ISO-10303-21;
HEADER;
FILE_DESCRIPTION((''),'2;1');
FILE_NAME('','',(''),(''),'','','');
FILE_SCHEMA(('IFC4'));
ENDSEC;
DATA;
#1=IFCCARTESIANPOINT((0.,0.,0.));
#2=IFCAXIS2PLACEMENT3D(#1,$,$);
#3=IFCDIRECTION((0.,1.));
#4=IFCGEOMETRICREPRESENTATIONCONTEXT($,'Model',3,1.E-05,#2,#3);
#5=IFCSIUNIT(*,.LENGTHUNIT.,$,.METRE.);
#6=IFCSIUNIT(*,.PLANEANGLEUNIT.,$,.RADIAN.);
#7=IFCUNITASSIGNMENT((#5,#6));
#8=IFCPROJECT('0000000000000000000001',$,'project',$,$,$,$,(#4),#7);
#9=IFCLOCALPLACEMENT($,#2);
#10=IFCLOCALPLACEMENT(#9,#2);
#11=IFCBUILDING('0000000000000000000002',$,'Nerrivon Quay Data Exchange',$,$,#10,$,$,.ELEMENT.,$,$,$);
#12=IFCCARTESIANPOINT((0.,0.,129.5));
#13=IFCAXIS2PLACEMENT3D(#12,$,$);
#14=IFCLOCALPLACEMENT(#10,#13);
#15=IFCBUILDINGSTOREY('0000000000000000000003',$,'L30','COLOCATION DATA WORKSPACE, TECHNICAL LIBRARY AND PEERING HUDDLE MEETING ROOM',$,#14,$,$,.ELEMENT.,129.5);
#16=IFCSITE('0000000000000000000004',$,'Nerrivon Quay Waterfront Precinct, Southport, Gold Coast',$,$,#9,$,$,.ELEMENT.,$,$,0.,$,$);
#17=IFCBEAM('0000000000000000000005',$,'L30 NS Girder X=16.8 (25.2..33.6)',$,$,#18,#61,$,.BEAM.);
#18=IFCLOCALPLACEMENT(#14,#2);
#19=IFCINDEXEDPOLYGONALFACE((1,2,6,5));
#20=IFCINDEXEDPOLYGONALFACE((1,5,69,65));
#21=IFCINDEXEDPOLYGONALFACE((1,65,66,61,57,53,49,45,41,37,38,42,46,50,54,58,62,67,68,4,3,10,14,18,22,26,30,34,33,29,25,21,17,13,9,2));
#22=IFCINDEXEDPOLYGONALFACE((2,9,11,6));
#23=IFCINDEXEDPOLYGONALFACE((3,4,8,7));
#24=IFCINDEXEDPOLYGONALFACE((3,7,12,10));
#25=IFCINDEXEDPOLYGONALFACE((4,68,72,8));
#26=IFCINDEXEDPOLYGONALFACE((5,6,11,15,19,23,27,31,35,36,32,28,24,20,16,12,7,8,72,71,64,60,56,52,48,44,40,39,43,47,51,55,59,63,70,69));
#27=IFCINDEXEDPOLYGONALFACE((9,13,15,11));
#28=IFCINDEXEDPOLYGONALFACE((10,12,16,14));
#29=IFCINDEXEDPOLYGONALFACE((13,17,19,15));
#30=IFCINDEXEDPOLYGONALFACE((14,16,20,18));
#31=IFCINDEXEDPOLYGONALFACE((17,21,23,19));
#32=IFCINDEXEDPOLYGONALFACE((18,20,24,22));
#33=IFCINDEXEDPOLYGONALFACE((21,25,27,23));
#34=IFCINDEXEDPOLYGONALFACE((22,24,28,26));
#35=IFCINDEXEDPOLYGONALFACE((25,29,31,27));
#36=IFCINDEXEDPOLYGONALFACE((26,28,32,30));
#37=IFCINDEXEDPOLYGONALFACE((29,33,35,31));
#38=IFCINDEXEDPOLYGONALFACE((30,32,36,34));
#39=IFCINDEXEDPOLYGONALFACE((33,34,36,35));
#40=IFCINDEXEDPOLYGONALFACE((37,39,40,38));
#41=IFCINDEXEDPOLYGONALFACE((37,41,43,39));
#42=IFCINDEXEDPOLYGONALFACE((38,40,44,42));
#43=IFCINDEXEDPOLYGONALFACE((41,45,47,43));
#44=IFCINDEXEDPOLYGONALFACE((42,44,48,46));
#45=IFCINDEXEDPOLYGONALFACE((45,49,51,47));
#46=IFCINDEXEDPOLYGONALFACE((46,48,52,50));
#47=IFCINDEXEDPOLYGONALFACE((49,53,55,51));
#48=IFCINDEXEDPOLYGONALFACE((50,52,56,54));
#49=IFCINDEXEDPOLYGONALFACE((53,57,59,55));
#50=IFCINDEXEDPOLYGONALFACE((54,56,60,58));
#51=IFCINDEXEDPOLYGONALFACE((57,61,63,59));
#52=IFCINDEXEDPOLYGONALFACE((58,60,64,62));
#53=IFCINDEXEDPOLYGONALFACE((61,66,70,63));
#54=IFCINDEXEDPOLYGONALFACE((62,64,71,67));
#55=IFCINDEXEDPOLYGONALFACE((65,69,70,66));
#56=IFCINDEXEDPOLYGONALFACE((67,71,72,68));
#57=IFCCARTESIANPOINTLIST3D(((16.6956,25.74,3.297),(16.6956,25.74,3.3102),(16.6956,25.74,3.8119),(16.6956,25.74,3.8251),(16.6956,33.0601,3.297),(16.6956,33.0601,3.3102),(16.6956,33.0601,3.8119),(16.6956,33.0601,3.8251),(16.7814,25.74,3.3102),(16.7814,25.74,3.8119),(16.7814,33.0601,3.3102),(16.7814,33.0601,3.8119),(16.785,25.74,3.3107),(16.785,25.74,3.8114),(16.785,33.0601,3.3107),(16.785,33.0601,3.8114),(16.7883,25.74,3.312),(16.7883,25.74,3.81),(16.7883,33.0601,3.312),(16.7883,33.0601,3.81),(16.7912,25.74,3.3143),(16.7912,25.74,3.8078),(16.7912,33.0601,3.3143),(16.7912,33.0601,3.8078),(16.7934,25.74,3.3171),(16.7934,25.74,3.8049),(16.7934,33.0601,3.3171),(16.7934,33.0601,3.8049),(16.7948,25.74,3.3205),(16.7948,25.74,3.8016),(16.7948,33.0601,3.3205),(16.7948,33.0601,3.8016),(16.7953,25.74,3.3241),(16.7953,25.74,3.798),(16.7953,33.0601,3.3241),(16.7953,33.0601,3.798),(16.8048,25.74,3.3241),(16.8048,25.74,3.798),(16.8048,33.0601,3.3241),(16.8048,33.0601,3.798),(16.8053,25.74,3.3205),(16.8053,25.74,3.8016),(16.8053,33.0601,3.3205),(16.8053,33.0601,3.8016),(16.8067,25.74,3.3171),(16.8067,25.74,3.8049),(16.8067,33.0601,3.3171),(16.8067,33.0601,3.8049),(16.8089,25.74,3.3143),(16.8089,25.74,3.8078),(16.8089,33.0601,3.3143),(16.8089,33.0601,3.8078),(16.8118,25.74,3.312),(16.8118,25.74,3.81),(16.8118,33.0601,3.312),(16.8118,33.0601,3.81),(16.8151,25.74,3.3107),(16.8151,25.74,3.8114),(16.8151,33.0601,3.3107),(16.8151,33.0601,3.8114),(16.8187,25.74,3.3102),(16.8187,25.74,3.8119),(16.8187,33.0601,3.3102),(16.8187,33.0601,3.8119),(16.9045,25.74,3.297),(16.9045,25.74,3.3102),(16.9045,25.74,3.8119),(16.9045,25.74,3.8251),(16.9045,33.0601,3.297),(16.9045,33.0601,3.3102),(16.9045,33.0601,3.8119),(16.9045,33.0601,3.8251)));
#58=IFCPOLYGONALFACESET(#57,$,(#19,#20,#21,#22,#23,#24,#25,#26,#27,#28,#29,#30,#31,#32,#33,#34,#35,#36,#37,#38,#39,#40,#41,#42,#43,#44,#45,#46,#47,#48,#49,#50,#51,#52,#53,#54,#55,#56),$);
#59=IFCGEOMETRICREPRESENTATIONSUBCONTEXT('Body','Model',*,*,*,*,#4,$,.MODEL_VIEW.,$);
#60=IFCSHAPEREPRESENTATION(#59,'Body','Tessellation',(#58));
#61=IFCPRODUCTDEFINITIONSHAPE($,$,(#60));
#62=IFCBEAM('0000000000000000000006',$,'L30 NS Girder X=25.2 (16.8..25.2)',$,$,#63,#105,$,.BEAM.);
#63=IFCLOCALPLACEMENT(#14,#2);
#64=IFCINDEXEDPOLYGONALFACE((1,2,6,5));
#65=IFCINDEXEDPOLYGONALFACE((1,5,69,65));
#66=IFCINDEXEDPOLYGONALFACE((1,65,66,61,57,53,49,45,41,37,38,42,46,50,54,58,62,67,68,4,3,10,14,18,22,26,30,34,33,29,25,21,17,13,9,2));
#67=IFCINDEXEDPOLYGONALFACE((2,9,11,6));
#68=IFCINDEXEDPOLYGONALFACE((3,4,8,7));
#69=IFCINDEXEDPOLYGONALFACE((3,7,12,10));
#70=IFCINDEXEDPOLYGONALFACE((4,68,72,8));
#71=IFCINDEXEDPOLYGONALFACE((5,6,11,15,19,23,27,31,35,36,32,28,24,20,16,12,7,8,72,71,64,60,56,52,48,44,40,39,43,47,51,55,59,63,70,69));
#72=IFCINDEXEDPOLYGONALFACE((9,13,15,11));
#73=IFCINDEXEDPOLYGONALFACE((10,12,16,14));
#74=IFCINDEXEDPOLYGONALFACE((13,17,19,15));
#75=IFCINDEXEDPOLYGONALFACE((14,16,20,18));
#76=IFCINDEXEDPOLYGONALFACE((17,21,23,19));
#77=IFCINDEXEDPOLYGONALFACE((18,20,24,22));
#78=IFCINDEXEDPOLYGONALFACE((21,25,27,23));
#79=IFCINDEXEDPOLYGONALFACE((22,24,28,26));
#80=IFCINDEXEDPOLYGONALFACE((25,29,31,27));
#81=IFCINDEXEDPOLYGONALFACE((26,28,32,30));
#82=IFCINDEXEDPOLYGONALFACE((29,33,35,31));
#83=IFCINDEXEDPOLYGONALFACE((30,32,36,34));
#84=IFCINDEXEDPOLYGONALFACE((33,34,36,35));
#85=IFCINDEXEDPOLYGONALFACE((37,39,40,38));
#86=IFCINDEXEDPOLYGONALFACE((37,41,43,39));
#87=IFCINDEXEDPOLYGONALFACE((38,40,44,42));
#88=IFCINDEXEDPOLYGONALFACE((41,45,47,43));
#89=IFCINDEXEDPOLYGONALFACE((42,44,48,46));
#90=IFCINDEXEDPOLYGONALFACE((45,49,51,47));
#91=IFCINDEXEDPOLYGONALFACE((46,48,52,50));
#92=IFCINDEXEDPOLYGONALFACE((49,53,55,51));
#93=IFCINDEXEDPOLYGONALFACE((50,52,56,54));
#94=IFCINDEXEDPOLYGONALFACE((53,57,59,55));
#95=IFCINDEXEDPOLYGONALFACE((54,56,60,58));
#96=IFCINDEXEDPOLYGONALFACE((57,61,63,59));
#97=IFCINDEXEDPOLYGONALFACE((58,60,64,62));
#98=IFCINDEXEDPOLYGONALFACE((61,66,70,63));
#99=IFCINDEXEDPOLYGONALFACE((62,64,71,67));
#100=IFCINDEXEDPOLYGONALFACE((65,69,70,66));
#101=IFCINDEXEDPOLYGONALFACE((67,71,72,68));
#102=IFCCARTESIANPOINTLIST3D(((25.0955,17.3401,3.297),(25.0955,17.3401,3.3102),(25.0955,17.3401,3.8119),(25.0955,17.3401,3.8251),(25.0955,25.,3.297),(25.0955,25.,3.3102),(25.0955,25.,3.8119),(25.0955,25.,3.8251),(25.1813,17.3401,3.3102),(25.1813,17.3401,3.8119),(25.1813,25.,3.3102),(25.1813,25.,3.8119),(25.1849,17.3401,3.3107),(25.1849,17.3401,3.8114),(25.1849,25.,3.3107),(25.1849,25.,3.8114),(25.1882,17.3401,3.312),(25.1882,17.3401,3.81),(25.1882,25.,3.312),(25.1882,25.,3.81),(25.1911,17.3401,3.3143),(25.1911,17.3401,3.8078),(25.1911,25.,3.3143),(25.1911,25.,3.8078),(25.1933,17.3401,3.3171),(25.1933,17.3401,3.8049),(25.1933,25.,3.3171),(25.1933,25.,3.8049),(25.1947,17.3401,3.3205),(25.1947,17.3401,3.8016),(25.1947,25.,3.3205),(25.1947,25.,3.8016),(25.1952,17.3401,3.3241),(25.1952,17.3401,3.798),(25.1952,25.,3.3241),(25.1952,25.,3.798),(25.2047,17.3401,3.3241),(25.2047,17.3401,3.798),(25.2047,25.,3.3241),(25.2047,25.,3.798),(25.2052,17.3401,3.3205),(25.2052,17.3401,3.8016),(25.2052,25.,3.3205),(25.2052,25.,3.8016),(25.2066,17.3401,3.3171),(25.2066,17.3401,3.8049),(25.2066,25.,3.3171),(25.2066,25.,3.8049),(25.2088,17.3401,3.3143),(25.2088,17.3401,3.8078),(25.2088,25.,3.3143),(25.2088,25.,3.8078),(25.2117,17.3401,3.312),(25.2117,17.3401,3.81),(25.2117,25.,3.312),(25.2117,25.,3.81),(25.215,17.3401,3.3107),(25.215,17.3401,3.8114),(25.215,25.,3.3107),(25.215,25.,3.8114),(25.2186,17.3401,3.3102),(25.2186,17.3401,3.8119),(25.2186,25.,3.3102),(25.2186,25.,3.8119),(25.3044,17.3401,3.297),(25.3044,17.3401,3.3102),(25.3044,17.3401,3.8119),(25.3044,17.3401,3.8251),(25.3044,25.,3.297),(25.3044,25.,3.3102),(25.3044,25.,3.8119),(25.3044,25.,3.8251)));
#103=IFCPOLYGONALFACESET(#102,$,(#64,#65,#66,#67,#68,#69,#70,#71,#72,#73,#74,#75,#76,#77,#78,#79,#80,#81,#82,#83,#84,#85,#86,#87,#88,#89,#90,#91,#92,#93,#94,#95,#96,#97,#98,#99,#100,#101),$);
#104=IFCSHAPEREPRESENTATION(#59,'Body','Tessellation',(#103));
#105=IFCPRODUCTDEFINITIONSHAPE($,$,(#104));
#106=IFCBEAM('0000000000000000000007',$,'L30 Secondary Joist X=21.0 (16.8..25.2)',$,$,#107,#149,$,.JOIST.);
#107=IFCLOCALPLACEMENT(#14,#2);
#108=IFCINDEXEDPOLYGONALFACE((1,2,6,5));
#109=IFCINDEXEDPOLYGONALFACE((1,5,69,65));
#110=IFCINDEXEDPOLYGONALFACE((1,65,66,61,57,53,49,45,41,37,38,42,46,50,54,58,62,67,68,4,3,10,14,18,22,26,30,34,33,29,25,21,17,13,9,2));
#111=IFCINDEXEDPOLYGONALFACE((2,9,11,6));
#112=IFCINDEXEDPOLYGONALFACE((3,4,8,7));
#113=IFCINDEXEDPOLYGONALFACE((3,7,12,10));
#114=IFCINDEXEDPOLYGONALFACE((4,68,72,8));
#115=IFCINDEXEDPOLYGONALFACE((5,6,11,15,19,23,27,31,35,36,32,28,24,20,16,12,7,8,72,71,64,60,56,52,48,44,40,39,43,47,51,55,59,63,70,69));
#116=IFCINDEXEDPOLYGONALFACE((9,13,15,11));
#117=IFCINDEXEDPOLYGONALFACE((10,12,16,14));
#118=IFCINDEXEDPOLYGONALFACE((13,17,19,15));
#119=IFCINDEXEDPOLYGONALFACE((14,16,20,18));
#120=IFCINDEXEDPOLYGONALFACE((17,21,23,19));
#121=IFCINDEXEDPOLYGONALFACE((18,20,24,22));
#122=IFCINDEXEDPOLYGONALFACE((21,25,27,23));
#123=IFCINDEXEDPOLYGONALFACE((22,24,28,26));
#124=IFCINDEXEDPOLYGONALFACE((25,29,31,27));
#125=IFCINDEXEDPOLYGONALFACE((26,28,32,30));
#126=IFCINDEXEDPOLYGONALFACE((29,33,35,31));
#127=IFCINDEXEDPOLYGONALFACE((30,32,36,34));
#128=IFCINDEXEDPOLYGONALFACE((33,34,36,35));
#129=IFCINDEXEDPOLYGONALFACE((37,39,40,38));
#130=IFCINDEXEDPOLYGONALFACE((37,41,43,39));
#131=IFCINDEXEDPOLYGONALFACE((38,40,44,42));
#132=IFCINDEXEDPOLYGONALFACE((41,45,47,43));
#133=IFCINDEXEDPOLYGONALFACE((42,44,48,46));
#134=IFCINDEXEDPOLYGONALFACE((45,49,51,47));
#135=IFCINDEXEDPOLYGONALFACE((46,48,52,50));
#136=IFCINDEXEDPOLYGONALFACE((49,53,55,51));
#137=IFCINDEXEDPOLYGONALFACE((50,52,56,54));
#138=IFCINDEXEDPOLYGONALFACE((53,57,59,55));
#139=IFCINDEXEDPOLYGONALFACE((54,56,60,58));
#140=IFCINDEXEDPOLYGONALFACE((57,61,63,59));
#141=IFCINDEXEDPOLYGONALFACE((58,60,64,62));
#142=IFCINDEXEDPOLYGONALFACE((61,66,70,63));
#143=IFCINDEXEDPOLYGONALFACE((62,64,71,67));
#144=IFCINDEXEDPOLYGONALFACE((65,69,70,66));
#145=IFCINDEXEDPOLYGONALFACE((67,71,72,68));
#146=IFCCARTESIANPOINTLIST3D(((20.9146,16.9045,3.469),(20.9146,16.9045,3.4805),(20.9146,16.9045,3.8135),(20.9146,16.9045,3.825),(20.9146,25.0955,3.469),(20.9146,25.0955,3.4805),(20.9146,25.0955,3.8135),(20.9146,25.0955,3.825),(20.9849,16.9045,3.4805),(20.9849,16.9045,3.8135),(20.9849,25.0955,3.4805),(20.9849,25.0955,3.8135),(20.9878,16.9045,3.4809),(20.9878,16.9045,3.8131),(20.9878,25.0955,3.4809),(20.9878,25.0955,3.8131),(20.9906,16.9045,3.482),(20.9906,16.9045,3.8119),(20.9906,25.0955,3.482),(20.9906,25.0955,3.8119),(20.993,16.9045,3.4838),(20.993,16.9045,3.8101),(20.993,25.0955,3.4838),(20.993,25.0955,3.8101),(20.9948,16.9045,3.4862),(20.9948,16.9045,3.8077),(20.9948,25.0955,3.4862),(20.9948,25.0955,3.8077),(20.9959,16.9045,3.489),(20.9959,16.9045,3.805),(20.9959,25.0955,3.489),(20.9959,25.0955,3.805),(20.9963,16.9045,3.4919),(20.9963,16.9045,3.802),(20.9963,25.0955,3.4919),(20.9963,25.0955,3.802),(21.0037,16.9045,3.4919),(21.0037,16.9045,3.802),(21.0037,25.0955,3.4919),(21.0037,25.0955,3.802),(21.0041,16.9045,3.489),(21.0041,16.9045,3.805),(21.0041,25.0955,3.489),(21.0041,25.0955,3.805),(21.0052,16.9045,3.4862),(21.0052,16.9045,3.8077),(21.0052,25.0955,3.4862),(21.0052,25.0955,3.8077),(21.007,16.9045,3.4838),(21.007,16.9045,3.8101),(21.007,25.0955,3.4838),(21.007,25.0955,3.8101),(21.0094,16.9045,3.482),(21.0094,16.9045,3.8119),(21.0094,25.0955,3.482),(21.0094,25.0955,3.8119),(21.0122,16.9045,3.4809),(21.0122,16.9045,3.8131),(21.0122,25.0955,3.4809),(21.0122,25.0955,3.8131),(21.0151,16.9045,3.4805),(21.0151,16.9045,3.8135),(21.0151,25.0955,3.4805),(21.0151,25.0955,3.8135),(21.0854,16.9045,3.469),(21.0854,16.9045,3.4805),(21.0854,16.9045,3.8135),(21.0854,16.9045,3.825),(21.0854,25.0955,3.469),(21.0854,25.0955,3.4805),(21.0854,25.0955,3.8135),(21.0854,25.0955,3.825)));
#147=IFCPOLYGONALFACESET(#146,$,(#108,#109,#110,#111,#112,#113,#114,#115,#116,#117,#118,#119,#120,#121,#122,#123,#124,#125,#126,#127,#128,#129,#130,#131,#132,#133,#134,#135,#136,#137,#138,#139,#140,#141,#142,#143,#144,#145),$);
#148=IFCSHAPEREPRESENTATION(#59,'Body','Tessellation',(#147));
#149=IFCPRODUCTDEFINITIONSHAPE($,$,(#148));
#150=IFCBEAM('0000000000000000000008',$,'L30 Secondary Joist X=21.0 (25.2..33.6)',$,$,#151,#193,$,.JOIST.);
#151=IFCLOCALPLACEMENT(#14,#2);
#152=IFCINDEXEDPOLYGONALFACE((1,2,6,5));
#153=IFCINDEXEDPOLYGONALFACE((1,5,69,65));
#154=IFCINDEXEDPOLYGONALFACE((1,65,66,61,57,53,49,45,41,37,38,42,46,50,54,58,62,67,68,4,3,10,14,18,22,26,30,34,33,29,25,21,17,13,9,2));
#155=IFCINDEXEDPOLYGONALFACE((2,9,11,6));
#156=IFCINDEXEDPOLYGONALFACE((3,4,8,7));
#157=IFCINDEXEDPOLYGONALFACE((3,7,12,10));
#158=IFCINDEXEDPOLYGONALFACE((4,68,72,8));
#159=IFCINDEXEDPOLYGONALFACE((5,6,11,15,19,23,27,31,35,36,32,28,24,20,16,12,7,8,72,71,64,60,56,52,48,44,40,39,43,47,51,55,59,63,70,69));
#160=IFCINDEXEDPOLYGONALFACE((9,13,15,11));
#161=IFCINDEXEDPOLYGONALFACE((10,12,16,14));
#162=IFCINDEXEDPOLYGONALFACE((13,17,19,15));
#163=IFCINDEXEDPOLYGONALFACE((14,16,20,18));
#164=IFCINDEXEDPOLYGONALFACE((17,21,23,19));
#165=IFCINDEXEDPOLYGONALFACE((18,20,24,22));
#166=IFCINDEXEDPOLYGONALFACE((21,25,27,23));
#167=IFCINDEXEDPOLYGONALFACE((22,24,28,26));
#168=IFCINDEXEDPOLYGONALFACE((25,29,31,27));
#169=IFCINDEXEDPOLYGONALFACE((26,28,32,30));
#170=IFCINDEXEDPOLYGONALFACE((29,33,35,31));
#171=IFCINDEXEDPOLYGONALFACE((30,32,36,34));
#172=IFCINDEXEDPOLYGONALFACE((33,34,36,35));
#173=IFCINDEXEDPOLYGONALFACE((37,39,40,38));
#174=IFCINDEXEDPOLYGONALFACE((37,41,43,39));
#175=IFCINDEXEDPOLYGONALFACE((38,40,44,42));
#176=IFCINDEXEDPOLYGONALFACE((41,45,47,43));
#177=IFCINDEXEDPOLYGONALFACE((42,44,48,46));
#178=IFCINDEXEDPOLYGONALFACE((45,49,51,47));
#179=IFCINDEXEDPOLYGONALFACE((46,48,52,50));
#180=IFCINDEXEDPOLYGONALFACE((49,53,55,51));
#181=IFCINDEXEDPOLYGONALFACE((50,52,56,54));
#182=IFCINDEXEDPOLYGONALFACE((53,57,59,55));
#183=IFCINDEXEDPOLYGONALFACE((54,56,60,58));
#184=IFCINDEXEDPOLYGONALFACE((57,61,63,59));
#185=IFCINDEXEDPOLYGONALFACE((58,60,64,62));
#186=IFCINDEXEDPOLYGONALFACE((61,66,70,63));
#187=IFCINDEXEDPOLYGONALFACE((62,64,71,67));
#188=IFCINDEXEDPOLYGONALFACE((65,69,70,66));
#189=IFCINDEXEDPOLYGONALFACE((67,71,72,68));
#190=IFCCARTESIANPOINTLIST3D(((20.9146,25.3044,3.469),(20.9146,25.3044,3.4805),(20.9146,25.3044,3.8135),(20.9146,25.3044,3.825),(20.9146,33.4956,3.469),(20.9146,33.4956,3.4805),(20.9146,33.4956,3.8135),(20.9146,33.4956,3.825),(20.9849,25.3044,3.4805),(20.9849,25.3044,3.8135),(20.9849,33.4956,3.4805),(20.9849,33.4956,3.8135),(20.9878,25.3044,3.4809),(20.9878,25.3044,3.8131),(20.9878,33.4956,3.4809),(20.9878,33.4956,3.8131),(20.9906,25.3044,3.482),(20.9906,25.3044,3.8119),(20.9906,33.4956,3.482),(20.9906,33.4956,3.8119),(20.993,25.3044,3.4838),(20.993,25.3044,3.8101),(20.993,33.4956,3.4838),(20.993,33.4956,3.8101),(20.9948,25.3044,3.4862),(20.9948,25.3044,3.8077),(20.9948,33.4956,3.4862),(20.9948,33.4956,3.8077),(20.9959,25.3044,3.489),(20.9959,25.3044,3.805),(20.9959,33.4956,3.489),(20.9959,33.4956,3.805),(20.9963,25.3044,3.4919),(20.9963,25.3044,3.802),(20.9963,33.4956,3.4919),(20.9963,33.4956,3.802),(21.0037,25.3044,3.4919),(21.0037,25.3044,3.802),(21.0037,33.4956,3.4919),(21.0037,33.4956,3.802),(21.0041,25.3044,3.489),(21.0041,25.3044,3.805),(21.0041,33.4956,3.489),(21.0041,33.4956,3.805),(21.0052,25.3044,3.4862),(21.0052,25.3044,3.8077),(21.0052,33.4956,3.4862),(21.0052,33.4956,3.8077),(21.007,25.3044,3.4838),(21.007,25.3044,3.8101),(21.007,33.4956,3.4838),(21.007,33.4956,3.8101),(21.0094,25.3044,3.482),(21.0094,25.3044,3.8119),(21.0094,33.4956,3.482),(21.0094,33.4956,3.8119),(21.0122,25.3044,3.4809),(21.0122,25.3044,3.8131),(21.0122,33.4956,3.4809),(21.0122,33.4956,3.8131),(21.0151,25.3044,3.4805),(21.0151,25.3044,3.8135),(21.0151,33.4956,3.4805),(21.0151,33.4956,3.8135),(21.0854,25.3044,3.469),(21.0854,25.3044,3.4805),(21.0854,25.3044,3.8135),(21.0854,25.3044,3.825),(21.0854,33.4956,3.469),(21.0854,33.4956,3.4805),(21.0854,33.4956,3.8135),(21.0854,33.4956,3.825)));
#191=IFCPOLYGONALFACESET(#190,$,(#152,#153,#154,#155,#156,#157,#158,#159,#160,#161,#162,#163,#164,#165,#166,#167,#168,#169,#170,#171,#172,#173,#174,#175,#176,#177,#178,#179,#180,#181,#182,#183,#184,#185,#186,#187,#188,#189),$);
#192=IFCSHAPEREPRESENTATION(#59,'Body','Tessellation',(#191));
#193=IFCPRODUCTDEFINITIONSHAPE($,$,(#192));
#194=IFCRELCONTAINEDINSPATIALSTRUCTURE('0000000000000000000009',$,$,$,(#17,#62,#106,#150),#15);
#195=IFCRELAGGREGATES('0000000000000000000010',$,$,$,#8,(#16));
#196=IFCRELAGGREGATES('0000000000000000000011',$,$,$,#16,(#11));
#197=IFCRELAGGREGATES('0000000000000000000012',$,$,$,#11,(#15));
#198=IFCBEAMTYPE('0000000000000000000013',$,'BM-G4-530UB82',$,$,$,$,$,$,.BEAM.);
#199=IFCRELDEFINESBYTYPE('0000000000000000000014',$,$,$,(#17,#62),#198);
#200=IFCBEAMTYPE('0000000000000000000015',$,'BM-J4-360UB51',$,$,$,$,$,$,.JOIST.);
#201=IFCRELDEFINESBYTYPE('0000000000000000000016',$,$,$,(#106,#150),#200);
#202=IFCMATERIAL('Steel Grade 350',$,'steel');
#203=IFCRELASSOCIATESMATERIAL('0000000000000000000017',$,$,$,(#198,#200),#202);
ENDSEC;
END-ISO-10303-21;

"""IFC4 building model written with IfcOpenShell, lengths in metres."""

from ifc_helpers import new_model, si_unit, direction, frame, origin, origin_2d, place, context, subcontext, project, spatial, i_section, extrude, material, material_profile, profile_set, type_object, element, save


model = new_model("IFC4")

# Units and contexts
model_context = context("Model", 3, precision=1e-05, world=origin(), true_north=direction((0.0, 1.0)))
body_context = subcontext(model_context, "Body", "Model", "MODEL_VIEW")
ifc_project = project(units=[si_unit("LENGTHUNIT", "METRE"), si_unit("PLANEANGLEUNIT", "RADIAN")], contexts=[model_context])

# Site, building, storey
site_placement = place(None, origin())
site = spatial("IfcSite", under=ifc_project, at=site_placement, Name="Nerrivon Quay Waterfront Precinct, Southport, Gold Coast", CompositionType="ELEMENT", RefElevation=0.0)
building_placement = place(site_placement, origin())
building = spatial("IfcBuilding", under=site, at=building_placement, Name="Nerrivon Quay Data Exchange", CompositionType="ELEMENT")
storey_placement = place(building_placement, frame((0.0, 0.0, 129.5)))
storey = spatial("IfcBuildingStorey", under=building, at=storey_placement, Name="L30", Description="COLOCATION DATA WORKSPACE, TECHNICAL LIBRARY AND PEERING HUDDLE MEETING ROOM", CompositionType="ELEMENT", Elevation=129.5)

# Shared definitions
ifc_material_1 = material(Name="Steel Grade 350", Category="steel")

# Beams
ifc_material_profile_1 = material_profile(ifc_material_1, i_section(OverallWidth=0.209, OverallDepth=0.5281, WebThickness=0.0095, FlangeThickness=0.0132, FilletRadius=0.0139, at=origin_2d()), Name="530UB82.0")
ifc_profile_set_1 = profile_set([ifc_material_profile_1], Name="Steel Grade 350")
beam_type_1 = type_object("IfcBeamType", Name="BM-G4-530UB82", PredefinedType="BEAM", material=ifc_profile_set_1)
beam_1_placement = place(storey_placement, frame((16.8, 25.74, 3.561), z_axis=(0.0, 1.0, 0.0), x_axis=(-1.0, 0.0, 0.0)))
element("IfcBeam", 1, at=beam_1_placement, inside=storey, type_object=beam_type_1, Name="L30 NS Girder X=16.8 (25.2..33.6)", PredefinedType="BEAM", context=body_context, shape_type="SweptSolid", body=[
    extrude(i_section(OverallWidth=0.209, OverallDepth=0.5281, WebThickness=0.0095, FlangeThickness=0.0132, FilletRadius=0.0139, at=origin_2d()), origin(), (0.0, 0.0, 1.0), 7.3201),
])
beam_2_placement = place(storey_placement, frame((25.2, 17.3401, 3.561), z_axis=(0.0, 1.0, 0.0), x_axis=(-1.0, 0.0, 0.0)))
element("IfcBeam", 2, at=beam_2_placement, inside=storey, type_object=beam_type_1, Name="L30 NS Girder X=25.2 (16.8..25.2)", PredefinedType="BEAM", context=body_context, shape_type="SweptSolid", body=[
    extrude(i_section(OverallWidth=0.209, OverallDepth=0.5281, WebThickness=0.0095, FlangeThickness=0.0132, FilletRadius=0.0139, at=origin_2d()), origin(), (0.0, 0.0, 1.0), 7.6599),
])
ifc_material_profile_2 = material_profile(ifc_material_1, i_section(OverallWidth=0.1709, OverallDepth=0.356, WebThickness=0.0073, FlangeThickness=0.0115, FilletRadius=0.0115, at=origin_2d()), Name="360UB50.7")
ifc_profile_set_2 = profile_set([ifc_material_profile_2], Name="Steel Grade 350")
beam_type_2 = type_object("IfcBeamType", Name="BM-J4-360UB51", PredefinedType="JOIST", material=ifc_profile_set_2)
beam_3_placement = place(storey_placement, frame((21.0, 16.9045, 3.647), z_axis=(0.0, 1.0, 0.0), x_axis=(-1.0, 0.0, 0.0)))
element("IfcBeam", 3, at=beam_3_placement, inside=storey, type_object=beam_type_2, Name="L30 Secondary Joist X=21.0 (16.8..25.2)", PredefinedType="JOIST", context=body_context, shape_type="SweptSolid", body=[
    extrude(i_section(OverallWidth=0.1709, OverallDepth=0.356, WebThickness=0.0073, FlangeThickness=0.0115, FilletRadius=0.0115, at=origin_2d()), origin(), (0.0, 0.0, 1.0), 8.1909),
])
beam_4_placement = place(storey_placement, frame((21.0, 25.3044, 3.647), z_axis=(0.0, 1.0, 0.0), x_axis=(-1.0, 0.0, 0.0)))
element("IfcBeam", 4, at=beam_4_placement, inside=storey, type_object=beam_type_2, Name="L30 Secondary Joist X=21.0 (25.2..33.6)", PredefinedType="JOIST", context=body_context, shape_type="SweptSolid", body=[
    extrude(i_section(OverallWidth=0.1709, OverallDepth=0.356, WebThickness=0.0073, FlangeThickness=0.0115, FilletRadius=0.0115, at=origin_2d()), origin(), (0.0, 0.0, 1.0), 8.1912),
])

save(model, "model.ifc")
